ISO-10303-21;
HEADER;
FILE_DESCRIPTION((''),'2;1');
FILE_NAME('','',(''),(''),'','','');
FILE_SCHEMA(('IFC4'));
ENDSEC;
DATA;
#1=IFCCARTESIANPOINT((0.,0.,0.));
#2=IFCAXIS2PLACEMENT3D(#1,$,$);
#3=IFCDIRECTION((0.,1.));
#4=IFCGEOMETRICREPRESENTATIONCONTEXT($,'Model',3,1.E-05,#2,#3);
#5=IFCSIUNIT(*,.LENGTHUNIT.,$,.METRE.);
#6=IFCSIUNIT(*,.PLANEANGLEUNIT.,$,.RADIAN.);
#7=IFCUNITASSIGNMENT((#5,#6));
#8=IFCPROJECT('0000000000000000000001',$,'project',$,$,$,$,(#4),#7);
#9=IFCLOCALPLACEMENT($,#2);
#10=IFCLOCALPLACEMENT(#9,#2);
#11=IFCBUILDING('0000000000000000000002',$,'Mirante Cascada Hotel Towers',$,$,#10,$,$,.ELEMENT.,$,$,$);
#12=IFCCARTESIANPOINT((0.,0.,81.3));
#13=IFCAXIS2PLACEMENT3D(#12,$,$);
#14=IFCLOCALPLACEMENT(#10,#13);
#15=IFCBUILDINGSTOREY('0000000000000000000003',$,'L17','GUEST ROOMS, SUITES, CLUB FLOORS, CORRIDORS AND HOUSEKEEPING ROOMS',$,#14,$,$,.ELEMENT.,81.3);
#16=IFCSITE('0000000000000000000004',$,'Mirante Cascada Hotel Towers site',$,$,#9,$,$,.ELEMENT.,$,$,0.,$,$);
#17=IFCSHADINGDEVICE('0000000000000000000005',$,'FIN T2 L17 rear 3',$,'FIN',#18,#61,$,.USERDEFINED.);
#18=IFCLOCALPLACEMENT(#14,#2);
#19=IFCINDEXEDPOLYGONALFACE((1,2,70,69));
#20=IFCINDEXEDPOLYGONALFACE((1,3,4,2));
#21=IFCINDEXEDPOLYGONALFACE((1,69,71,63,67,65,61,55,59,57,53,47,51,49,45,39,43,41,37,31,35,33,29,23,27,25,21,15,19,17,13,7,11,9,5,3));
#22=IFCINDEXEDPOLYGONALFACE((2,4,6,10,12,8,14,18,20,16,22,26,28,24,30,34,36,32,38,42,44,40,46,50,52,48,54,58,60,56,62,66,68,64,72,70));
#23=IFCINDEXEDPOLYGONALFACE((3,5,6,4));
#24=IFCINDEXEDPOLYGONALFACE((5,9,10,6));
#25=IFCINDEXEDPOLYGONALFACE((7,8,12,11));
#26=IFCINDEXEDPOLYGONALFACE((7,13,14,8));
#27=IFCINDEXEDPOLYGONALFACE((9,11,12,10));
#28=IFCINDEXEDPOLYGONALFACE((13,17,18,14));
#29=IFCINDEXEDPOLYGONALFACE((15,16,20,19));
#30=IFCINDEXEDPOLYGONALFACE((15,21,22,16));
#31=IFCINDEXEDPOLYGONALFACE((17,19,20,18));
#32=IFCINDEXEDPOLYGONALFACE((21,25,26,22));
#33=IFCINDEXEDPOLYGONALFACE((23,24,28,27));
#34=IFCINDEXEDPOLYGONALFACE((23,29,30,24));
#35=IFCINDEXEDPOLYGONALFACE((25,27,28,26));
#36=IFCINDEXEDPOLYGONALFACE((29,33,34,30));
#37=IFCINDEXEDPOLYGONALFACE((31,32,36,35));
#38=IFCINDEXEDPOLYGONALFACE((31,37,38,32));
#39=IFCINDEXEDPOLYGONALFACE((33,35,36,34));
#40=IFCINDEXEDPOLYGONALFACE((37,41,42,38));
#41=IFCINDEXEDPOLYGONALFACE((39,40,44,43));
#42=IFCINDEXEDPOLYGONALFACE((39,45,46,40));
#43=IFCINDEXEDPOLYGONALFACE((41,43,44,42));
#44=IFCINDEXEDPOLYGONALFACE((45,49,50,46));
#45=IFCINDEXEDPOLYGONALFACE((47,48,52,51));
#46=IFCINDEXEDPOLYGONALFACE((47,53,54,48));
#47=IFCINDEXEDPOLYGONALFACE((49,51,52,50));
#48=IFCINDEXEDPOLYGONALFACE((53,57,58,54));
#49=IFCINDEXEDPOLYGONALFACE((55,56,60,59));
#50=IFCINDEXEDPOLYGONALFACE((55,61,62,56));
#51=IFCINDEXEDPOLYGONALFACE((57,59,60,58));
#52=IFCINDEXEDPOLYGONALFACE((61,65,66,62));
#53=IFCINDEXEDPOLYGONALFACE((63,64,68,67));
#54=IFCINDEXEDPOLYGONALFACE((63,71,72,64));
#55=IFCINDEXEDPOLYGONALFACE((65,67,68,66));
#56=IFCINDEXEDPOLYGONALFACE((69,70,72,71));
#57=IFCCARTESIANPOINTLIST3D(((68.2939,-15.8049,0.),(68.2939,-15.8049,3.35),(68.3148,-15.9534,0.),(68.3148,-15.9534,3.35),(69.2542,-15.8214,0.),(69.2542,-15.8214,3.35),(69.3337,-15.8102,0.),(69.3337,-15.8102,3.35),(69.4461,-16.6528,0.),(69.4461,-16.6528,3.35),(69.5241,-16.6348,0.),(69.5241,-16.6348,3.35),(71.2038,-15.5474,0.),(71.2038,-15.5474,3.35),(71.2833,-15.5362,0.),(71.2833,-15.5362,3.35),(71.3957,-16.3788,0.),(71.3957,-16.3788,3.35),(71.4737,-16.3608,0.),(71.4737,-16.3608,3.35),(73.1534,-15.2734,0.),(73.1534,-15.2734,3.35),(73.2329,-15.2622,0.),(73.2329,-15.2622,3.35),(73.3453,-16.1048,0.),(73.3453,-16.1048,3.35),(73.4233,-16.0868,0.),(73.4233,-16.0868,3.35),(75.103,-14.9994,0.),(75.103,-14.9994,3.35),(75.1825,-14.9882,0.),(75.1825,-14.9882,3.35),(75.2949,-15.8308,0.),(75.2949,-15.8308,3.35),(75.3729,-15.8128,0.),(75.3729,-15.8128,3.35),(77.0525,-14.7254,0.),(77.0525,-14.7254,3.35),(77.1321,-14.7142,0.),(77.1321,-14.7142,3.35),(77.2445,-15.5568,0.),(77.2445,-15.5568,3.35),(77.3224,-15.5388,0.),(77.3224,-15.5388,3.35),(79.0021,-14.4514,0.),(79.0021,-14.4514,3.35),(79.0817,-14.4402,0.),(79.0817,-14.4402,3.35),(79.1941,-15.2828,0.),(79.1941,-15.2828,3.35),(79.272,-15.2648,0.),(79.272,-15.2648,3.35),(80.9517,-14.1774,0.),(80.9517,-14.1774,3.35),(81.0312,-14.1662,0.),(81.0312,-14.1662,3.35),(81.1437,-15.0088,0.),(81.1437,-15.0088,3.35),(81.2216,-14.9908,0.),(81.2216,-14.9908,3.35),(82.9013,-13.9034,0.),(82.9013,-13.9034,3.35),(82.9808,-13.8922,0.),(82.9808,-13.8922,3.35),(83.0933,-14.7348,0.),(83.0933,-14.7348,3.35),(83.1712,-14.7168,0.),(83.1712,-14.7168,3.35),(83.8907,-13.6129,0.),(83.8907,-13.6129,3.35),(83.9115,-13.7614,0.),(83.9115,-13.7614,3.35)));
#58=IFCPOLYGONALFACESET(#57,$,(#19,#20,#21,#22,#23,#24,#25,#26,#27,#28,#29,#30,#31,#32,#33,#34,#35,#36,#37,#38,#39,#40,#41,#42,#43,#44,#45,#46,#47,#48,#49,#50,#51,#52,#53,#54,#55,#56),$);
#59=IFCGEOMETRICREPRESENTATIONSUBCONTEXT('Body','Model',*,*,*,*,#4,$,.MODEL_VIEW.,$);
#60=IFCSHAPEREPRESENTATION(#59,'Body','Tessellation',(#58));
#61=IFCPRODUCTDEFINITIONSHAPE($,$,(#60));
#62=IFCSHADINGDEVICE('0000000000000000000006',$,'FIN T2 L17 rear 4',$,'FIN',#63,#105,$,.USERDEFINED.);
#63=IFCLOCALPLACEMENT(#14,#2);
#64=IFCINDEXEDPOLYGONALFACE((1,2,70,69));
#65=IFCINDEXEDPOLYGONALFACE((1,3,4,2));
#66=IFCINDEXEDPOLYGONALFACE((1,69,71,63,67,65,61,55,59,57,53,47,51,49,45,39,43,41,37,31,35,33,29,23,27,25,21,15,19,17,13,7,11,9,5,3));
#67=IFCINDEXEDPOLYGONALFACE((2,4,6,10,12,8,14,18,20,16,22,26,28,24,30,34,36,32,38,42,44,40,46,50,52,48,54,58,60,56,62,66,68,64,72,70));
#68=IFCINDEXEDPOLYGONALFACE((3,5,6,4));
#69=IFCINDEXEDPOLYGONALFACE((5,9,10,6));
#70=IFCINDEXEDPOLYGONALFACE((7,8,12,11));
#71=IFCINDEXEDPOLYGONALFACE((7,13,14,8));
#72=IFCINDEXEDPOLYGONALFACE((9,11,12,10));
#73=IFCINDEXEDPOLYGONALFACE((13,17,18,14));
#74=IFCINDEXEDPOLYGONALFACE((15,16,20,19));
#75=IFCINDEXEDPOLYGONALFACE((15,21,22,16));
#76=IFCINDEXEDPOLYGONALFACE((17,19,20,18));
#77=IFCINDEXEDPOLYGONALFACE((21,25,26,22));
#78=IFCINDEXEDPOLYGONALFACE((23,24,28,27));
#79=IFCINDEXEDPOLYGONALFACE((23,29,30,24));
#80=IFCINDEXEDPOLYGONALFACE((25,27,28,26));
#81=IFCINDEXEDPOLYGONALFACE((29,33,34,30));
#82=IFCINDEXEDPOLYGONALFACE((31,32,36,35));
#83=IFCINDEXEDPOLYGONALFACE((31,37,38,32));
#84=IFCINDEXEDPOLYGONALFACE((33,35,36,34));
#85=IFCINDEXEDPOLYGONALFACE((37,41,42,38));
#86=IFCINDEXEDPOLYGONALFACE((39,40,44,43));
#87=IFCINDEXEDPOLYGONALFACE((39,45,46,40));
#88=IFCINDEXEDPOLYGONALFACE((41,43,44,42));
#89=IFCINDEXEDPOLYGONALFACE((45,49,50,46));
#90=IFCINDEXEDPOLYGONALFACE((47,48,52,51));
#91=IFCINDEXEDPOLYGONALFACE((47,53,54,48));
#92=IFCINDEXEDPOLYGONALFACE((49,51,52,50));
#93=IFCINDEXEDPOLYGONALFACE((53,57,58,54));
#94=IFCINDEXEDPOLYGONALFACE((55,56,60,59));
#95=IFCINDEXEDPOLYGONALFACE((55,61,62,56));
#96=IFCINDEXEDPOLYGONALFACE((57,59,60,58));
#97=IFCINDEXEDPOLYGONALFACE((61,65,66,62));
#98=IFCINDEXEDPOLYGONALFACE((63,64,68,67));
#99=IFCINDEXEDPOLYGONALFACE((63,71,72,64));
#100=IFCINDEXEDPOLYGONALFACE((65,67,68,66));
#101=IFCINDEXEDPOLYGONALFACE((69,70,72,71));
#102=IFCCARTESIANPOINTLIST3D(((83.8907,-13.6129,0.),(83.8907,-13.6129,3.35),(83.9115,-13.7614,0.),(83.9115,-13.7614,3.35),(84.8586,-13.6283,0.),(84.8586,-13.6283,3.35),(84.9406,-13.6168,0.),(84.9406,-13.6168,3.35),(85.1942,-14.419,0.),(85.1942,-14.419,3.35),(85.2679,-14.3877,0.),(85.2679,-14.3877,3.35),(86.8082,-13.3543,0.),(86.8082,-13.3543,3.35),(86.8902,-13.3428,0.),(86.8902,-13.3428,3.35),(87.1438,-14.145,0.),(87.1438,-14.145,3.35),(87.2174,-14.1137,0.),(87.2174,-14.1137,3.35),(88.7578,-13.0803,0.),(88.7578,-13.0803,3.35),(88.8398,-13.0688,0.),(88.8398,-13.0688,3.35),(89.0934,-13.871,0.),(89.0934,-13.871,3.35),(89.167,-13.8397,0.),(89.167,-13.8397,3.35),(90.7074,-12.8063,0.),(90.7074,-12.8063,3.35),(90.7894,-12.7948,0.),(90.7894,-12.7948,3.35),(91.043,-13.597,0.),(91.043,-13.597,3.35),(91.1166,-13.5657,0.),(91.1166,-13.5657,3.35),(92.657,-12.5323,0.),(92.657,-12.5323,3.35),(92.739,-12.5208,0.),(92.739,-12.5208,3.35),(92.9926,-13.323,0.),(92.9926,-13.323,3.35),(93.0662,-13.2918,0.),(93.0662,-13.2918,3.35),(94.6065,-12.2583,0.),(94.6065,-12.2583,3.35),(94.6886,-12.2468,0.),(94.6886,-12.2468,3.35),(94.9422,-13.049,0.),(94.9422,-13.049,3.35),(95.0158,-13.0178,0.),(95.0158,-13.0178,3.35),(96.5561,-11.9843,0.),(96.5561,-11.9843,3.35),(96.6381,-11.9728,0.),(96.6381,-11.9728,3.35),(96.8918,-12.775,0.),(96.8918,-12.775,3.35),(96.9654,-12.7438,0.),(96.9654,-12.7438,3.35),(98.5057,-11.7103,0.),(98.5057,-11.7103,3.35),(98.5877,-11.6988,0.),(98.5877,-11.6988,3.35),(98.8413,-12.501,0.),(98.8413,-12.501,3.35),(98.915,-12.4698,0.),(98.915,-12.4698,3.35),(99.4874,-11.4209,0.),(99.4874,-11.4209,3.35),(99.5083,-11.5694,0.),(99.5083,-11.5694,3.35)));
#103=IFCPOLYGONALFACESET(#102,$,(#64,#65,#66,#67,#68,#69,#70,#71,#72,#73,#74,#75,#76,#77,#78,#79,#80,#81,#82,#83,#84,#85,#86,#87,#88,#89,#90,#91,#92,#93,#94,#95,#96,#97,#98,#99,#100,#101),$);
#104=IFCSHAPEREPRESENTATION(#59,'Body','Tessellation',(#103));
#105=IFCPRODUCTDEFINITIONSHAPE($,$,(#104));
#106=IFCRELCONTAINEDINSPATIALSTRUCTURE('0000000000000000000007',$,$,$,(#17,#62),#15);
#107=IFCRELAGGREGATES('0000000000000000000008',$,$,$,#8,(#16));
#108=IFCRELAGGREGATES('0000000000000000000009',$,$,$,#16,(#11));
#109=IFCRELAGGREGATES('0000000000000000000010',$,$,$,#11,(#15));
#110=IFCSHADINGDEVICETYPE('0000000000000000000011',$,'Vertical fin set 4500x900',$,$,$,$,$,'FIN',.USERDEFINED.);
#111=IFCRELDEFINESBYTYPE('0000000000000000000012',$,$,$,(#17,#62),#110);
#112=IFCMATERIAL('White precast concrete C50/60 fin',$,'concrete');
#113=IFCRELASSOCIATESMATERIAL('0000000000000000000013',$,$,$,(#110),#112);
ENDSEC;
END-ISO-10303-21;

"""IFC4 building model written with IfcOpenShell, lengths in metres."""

from ifc_helpers import new_model, si_unit, direction, frame, origin, place, context, subcontext, project, spatial, polyline, outline, extrude, material, type_object, element, save


model = new_model("IFC4")

# Units and contexts
model_context = context("Model", 3, precision=1e-05, world=origin(), true_north=direction((0.0, 1.0)))
body_context = subcontext(model_context, "Body", "Model", "MODEL_VIEW")
ifc_project = project(units=[si_unit("LENGTHUNIT", "METRE"), si_unit("PLANEANGLEUNIT", "RADIAN")], contexts=[model_context])

# Site, building, storey
site_placement = place(None, origin())
site = spatial("IfcSite", under=ifc_project, at=site_placement, Name="Mirante Cascada Hotel Towers site", CompositionType="ELEMENT", RefElevation=0.0)
building_placement = place(site_placement, origin())
building = spatial("IfcBuilding", under=site, at=building_placement, Name="Mirante Cascada Hotel Towers", CompositionType="ELEMENT")
storey_placement = place(building_placement, frame((0.0, 0.0, 81.3)))
storey = spatial("IfcBuildingStorey", under=building, at=storey_placement, Name="L17", Description="GUEST ROOMS, SUITES, CLUB FLOORS, CORRIDORS AND HOUSEKEEPING ROOMS", CompositionType="ELEMENT", Elevation=81.3)

# Shading devices
ifc_material_1 = material(Name="White precast concrete C50/60 fin", Category="concrete")
shading_device_type = type_object("IfcShadingDeviceType", Name="Vertical fin set 4500x900", ElementType="FIN", PredefinedType="USERDEFINED", material=ifc_material_1)
shading_device_1_placement = place(storey_placement, origin())
element("IfcShadingDevice", 1, at=shading_device_1_placement, inside=storey, type_object=shading_device_type, Name="FIN T2 L17 rear 3", ObjectType="FIN", PredefinedType="USERDEFINED", context=body_context, shape_type="SweptSolid", body=[
    extrude(outline(polyline([(69.4461, -16.6528), (69.2542, -15.8214), (68.3148, -15.9534), (68.2939, -15.8049), (83.8907, -13.6129), (83.9115, -13.7614), (82.9808, -13.8922), (83.1712, -14.7168), (83.0933, -14.7348), (82.9013, -13.9034), (81.0312, -14.1662), (81.2216, -14.9908), (81.1437, -15.0088), (80.9517, -14.1774), (79.0817, -14.4402), (79.272, -15.2648), (79.1941, -15.2828), (79.0021, -14.4514), (77.1321, -14.7142), (77.3224, -15.5388), (77.2445, -15.5568), (77.0525, -14.7254), (75.1825, -14.9882), (75.3729, -15.8128), (75.2949, -15.8308), (75.103, -14.9994), (73.2329, -15.2622), (73.4233, -16.0868), (73.3453, -16.1048), (73.1534, -15.2734), (71.2833, -15.5362), (71.4737, -16.3608), (71.3957, -16.3788), (71.2038, -15.5474), (69.3337, -15.8102), (69.5241, -16.6348), (69.4461, -16.6528)])), origin(), (0.0, 0.0, 1.0), 3.35),
])
shading_device_2_placement = place(storey_placement, origin())
element("IfcShadingDevice", 2, at=shading_device_2_placement, inside=storey, type_object=shading_device_type, Name="FIN T2 L17 rear 4", ObjectType="FIN", PredefinedType="USERDEFINED", context=body_context, shape_type="SweptSolid", body=[
    extrude(outline(polyline([(85.1942, -14.419), (84.8586, -13.6283), (83.9115, -13.7614), (83.8907, -13.6129), (99.4874, -11.4209), (99.5083, -11.5694), (98.5877, -11.6988), (98.915, -12.4698), (98.8413, -12.501), (98.5057, -11.7103), (96.6381, -11.9728), (96.9654, -12.7438), (96.8918, -12.775), (96.5561, -11.9843), (94.6886, -12.2468), (95.0158, -13.0178), (94.9422, -13.049), (94.6065, -12.2583), (92.739, -12.5208), (93.0662, -13.2918), (92.9926, -13.323), (92.657, -12.5323), (90.7894, -12.7948), (91.1166, -13.5657), (91.043, -13.597), (90.7074, -12.8063), (88.8398, -13.0688), (89.167, -13.8397), (89.0934, -13.871), (88.7578, -13.0803), (86.8902, -13.3428), (87.2174, -14.1137), (87.1438, -14.145), (86.8082, -13.3543), (84.9406, -13.6168), (85.2679, -14.3877), (85.1942, -14.419)])), origin(), (0.0, 0.0, 1.0), 3.35),
])

save(model, "model.ifc")
